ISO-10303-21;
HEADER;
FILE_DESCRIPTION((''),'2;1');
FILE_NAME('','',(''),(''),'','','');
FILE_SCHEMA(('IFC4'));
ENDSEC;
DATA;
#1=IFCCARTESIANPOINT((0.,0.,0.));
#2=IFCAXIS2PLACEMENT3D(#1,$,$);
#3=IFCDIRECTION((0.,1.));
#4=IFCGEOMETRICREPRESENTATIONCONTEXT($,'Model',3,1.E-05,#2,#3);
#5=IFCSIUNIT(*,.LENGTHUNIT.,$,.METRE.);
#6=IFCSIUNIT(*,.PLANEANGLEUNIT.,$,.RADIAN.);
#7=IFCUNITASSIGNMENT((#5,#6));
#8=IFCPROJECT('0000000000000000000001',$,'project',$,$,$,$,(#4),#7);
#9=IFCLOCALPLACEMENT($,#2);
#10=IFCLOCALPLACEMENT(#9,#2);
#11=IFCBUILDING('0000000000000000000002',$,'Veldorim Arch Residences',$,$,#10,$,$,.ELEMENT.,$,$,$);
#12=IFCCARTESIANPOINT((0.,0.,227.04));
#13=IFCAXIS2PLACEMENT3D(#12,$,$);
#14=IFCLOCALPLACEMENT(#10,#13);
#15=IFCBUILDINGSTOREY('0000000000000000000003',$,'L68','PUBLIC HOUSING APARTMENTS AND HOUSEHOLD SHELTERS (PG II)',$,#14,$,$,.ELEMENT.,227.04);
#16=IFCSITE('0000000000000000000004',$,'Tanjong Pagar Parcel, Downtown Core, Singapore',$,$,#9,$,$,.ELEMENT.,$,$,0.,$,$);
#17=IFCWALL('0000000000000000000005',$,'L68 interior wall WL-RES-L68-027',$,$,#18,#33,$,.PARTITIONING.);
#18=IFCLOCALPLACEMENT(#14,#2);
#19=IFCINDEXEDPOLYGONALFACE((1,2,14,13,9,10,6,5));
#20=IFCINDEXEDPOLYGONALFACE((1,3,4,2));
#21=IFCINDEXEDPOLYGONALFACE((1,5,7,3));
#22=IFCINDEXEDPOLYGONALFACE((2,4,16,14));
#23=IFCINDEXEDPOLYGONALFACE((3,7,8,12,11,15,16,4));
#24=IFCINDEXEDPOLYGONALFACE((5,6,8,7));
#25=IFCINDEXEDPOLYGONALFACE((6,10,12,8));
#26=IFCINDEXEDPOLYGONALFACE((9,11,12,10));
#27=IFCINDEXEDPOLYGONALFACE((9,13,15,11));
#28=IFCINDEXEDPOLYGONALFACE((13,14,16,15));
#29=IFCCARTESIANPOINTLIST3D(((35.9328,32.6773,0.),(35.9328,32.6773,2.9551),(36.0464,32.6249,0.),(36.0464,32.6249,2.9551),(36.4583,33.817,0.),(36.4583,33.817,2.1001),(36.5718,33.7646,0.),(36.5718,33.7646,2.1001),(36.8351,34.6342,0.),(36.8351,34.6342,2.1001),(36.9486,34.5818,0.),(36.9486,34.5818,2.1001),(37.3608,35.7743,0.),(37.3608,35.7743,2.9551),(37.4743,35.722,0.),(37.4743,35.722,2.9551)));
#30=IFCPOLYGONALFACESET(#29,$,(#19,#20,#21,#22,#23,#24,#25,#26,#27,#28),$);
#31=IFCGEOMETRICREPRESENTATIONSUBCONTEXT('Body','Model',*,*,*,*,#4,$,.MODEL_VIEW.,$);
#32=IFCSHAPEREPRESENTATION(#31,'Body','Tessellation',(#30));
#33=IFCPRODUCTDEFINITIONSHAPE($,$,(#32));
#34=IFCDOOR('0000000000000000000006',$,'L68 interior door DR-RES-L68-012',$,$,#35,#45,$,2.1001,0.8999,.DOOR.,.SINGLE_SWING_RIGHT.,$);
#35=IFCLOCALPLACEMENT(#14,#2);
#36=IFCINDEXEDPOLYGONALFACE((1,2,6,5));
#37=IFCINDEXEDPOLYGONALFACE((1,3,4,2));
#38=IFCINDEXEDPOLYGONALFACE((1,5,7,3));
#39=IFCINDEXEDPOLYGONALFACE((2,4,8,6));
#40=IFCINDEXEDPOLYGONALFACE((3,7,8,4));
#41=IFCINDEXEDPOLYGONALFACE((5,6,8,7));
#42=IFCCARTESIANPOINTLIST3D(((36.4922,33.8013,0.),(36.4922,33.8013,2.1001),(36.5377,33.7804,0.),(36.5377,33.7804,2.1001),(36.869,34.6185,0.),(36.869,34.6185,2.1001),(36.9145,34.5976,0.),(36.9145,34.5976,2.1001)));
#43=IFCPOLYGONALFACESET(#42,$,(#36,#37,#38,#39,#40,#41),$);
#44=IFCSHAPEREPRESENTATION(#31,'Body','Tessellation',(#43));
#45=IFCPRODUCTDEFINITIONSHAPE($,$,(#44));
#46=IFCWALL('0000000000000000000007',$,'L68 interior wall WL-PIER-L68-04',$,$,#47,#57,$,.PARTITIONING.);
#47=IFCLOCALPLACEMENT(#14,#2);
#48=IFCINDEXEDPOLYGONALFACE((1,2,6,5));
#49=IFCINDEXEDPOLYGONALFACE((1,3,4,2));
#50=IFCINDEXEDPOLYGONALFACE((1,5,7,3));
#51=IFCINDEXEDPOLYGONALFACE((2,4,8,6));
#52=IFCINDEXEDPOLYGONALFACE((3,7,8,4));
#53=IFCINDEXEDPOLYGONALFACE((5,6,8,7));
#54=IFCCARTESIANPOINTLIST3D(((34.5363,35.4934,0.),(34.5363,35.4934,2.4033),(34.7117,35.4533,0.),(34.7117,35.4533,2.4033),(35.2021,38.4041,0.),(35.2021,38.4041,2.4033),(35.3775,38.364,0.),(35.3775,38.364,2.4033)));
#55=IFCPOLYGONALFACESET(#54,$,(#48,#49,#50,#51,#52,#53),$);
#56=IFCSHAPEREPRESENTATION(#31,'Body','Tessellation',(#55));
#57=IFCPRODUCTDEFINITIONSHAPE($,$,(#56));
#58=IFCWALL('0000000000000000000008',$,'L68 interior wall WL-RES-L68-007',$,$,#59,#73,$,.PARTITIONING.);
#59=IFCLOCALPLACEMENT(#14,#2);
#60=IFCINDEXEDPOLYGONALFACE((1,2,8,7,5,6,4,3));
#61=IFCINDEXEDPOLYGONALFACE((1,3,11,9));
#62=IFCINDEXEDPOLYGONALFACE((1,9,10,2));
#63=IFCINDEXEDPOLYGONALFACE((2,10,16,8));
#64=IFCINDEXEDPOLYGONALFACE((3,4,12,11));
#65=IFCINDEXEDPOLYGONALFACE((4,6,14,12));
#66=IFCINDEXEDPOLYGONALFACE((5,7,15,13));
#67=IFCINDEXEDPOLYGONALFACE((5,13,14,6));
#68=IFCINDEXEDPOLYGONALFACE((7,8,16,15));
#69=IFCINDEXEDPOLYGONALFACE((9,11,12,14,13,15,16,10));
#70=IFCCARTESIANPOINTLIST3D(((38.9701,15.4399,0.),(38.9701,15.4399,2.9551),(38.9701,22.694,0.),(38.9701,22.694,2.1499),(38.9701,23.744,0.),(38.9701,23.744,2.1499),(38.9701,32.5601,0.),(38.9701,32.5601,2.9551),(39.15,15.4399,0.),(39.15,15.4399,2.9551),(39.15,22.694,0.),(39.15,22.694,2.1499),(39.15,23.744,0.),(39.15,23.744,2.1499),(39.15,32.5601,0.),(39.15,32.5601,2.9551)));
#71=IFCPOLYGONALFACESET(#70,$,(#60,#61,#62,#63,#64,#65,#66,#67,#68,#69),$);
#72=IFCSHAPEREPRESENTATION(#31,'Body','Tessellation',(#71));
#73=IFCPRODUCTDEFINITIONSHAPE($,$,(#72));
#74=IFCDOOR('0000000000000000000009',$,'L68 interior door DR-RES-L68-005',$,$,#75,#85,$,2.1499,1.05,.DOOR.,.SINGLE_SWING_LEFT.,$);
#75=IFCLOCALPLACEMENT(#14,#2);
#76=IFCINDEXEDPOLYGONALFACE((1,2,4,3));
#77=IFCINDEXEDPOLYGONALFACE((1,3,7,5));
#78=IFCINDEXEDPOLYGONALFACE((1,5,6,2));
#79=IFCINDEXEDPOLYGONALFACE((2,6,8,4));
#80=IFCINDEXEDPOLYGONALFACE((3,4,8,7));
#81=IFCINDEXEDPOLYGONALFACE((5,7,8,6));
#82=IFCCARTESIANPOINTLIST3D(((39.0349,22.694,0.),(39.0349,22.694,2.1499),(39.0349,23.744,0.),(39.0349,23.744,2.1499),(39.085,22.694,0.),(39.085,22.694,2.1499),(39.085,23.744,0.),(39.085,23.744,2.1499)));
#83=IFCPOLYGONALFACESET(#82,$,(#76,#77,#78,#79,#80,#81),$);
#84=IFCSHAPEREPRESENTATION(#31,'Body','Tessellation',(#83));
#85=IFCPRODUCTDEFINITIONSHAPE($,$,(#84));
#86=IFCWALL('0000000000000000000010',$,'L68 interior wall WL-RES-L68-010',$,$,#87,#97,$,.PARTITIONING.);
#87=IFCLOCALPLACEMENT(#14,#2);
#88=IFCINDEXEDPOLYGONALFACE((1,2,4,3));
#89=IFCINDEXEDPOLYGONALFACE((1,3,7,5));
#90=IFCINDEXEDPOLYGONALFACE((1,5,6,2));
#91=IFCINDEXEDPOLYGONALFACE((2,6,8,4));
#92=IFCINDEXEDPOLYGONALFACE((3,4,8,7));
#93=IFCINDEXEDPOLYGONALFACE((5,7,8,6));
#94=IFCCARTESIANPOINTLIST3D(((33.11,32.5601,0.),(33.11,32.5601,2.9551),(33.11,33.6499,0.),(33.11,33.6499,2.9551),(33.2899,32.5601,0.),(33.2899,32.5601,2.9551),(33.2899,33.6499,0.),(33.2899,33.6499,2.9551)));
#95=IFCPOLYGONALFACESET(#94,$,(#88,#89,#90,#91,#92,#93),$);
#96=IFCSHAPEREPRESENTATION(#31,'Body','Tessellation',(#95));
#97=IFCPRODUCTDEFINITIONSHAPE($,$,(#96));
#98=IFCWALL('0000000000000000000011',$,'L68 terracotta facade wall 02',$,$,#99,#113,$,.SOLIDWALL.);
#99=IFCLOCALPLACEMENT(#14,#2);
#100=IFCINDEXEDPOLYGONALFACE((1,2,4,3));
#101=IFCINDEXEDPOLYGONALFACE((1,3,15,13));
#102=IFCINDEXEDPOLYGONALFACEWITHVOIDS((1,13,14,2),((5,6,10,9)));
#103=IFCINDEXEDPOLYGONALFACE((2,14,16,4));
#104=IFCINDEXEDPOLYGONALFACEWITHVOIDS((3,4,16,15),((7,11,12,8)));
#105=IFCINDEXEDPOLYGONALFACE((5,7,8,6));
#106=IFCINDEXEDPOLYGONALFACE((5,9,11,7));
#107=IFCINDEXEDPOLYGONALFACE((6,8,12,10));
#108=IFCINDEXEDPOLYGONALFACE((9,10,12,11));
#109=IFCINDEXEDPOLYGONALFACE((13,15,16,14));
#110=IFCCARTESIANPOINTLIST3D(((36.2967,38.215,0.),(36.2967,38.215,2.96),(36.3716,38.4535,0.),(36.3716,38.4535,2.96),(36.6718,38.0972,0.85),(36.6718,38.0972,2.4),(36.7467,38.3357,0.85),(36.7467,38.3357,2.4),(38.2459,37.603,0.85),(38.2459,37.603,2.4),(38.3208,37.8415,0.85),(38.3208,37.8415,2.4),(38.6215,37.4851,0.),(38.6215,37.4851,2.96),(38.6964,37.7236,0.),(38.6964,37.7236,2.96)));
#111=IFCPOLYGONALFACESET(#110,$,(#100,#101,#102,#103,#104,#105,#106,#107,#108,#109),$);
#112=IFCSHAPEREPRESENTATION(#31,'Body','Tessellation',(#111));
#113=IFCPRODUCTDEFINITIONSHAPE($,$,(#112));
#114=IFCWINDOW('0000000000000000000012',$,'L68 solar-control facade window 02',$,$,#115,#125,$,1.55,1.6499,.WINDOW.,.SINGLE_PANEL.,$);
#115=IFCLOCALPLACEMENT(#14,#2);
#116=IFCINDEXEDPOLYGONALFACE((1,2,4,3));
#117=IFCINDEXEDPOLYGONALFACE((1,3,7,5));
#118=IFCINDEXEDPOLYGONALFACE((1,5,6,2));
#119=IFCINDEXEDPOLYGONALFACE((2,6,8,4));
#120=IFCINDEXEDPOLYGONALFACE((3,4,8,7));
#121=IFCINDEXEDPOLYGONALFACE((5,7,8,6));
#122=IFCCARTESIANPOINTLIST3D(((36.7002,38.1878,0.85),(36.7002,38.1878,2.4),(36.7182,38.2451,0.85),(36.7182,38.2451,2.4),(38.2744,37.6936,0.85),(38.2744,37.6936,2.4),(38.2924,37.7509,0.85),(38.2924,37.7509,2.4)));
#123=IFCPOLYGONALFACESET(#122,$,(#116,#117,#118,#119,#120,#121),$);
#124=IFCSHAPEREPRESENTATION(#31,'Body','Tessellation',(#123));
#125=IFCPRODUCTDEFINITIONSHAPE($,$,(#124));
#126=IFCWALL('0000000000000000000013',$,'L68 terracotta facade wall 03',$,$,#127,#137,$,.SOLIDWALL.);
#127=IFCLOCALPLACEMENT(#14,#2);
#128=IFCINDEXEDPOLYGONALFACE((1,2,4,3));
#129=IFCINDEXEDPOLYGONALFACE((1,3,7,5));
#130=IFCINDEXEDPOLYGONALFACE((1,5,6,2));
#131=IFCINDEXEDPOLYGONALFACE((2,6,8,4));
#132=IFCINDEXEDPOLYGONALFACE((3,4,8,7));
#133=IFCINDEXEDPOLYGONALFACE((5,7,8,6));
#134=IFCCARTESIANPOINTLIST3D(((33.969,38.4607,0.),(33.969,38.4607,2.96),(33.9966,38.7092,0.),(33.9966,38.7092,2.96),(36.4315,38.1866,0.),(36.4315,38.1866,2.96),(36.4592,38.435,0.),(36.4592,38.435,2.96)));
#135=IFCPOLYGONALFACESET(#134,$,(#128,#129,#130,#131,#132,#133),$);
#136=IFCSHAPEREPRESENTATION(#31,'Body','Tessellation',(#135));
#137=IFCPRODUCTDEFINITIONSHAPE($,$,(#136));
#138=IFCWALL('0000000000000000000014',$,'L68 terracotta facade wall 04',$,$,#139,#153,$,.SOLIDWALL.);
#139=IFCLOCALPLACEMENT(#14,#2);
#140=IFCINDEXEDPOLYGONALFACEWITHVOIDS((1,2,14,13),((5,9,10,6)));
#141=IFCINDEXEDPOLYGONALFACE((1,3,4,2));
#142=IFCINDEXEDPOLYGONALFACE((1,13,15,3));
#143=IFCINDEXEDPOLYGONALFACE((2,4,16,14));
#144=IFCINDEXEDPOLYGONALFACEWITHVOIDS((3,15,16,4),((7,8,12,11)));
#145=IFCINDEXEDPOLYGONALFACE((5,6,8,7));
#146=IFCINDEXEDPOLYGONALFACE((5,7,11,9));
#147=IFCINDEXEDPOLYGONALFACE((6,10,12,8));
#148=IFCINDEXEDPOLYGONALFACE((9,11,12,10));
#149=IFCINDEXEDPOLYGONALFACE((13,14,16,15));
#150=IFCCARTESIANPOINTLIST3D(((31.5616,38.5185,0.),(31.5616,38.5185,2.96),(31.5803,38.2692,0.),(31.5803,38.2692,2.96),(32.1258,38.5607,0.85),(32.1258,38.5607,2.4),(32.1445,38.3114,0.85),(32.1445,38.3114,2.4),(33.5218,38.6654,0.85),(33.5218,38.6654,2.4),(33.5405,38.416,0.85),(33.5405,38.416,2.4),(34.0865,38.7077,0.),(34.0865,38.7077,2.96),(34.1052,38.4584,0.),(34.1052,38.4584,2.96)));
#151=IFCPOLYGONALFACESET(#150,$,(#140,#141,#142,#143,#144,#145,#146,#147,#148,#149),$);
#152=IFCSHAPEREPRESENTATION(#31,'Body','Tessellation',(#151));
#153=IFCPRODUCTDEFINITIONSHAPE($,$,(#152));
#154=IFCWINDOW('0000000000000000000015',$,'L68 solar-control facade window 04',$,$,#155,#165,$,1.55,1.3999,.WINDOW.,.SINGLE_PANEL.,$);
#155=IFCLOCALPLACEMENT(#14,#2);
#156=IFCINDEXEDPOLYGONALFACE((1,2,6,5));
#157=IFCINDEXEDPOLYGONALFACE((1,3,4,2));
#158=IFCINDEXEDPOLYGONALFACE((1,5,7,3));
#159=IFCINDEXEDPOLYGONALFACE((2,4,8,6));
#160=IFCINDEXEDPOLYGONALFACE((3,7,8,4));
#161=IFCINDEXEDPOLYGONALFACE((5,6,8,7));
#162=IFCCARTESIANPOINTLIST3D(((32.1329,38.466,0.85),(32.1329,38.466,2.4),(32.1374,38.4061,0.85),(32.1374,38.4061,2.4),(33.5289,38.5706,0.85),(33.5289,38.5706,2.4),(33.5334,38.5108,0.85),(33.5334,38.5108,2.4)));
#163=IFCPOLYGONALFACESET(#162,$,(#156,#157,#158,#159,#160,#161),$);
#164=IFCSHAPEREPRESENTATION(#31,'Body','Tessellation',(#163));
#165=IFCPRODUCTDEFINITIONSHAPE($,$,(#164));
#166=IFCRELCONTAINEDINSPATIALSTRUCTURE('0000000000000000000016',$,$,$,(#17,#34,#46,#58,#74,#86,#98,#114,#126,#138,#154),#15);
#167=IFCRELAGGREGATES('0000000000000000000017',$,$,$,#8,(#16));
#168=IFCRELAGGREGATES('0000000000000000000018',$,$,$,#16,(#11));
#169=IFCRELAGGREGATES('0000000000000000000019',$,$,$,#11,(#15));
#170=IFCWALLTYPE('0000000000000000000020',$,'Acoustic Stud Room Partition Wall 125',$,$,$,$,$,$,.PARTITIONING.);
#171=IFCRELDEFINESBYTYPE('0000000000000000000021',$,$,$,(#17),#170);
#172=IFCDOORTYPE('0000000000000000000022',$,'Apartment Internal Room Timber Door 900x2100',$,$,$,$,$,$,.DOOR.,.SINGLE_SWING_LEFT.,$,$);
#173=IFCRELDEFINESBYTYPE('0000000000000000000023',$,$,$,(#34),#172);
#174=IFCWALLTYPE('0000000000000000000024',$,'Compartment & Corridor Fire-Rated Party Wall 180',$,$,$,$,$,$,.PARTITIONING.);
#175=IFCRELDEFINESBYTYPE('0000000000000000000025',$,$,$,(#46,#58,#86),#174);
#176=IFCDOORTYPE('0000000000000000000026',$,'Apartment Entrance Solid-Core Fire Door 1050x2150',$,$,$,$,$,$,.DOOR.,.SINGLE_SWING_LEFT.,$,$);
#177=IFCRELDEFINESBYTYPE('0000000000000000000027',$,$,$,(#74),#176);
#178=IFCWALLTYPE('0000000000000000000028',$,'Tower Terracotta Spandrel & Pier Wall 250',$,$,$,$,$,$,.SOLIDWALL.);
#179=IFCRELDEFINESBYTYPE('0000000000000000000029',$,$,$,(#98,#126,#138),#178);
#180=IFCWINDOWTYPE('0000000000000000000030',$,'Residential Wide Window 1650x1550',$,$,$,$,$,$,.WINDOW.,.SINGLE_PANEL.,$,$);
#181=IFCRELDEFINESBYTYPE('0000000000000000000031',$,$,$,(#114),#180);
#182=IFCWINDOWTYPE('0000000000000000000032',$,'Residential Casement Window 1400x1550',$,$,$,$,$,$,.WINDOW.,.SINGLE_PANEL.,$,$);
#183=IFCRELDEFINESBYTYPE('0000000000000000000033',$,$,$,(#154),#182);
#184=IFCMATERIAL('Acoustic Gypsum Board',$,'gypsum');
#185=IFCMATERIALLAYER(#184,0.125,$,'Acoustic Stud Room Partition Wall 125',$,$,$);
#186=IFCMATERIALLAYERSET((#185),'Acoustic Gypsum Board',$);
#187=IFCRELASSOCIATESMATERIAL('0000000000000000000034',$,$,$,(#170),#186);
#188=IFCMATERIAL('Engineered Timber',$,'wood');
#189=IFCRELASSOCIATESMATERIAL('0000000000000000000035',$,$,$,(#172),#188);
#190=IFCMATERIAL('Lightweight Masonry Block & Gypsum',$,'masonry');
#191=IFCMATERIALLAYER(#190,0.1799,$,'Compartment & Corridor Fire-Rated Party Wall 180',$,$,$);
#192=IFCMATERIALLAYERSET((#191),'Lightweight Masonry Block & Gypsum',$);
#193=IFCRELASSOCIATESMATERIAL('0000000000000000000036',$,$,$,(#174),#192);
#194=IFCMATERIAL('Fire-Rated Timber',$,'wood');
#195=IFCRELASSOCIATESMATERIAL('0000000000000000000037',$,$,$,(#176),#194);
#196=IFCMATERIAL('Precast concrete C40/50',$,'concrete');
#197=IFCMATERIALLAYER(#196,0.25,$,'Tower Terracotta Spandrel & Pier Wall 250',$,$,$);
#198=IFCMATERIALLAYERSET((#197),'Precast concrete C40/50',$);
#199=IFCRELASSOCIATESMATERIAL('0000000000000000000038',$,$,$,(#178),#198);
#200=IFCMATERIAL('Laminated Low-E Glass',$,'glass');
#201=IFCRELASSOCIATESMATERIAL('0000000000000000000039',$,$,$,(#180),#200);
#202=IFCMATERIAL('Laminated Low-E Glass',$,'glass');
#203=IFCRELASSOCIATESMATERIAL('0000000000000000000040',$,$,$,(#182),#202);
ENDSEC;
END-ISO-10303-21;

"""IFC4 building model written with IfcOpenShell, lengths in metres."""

from ifc_helpers import new_model, si_unit, direction, frame, frame_2d, origin, place, context, subcontext, project, spatial, rectangle, extrude, material, layer, layer_set, type_object, element, fill, save


model = new_model("IFC4")

# Units and contexts
model_context = context("Model", 3, precision=1e-05, world=origin(), true_north=direction((0.0, 1.0)))
body_context = subcontext(model_context, "Body", "Model", "MODEL_VIEW")
ifc_project = project(units=[si_unit("LENGTHUNIT", "METRE"), si_unit("PLANEANGLEUNIT", "RADIAN")], contexts=[model_context])

# Site, building, storey
site_placement = place(None, origin())
site = spatial("IfcSite", under=ifc_project, at=site_placement, Name="Tanjong Pagar Parcel, Downtown Core, Singapore", CompositionType="ELEMENT", RefElevation=0.0)
building_placement = place(site_placement, origin())
building = spatial("IfcBuilding", under=site, at=building_placement, Name="Veldorim Arch Residences", CompositionType="ELEMENT")
storey_placement = place(building_placement, frame((0.0, 0.0, 227.04)))
storey = spatial("IfcBuildingStorey", under=building, at=storey_placement, Name="L68", Description="PUBLIC HOUSING APARTMENTS AND HOUSEHOLD SHELTERS (PG II)", CompositionType="ELEMENT", Elevation=227.04)

# Wall, opening, door
ifc_material_1 = material(Name="Acoustic Gypsum Board", Category="gypsum")
ifc_layer_1 = layer(ifc_material_1, 0.125, Name="Acoustic Stud Room Partition Wall 125")
ifc_layer_set_1 = layer_set([ifc_layer_1], Name="Acoustic Gypsum Board")
wall_type_1 = type_object("IfcWallType", Name="Acoustic Stud Room Partition Wall 125", PredefinedType="PARTITIONING", material=ifc_layer_set_1)
wall_1_placement = place(storey_placement, frame((37.4175, 35.748, 0.0), z_axis=(0.0, 0.0, 1.0), x_axis=(-0.4187, -0.908125, 0.0)))
wall_1 = element("IfcWall", 1, at=wall_1_placement, inside=storey, type_object=wall_type_1, Name="L68 interior wall WL-RES-L68-027", PredefinedType="PARTITIONING", context=body_context, shape_type="SweptSolid", body=[
    extrude(rectangle(XDim=3.4104, YDim=0.125, at=frame_2d((1.7051, 0.0))), origin(), (0.0, 0.0, 1.0), 2.9551),
])
opening_1_placement = place(wall_1_placement, frame((1.2554, 0.0, 0.0)))
opening_1 = element("IfcOpeningElement", 2, at=opening_1_placement, cuts=wall_1, PredefinedType="OPENING", context=body_context, shape_type="SweptSolid", body=[
    extrude(rectangle(XDim=0.8999, YDim=2.1001, at=frame_2d((0.45, 1.05))), frame((0.0, 0.0725, 0.0), z_axis=(0.0, -1.0, 0.0), x_axis=(1.0, 0.0, 0.0)), (0.0, 0.0, 1.0), 0.145),
])
ifc_material_2 = material(Name="Engineered Timber", Category="wood")
door_type_1 = type_object("IfcDoorType", Name="Apartment Internal Room Timber Door 900x2100", OperationType="SINGLE_SWING_LEFT", PredefinedType="DOOR", material=ifc_material_2)
door_1_placement = place(opening_1_placement, origin())
door_1 = element("IfcDoor", 3, at=door_1_placement, inside=storey, type_object=door_type_1, Name="L68 interior door DR-RES-L68-012", OperationType="SINGLE_SWING_RIGHT", OverallHeight=2.1001, OverallWidth=0.8999, PredefinedType="DOOR", context=body_context, shape_type="SweptSolid", body=[
    extrude(rectangle(XDim=0.8999, YDim=2.1001, at=frame_2d((0.45, 1.05))), frame((0.0, 0.0249, 0.0), z_axis=(0.0, -1.0, 0.0), x_axis=(1.0, 0.0, 0.0)), (0.0, 0.0, 1.0), 0.05),
])
fill(opening_1, door_1)

# Wall
ifc_material_3 = material(Name="Lightweight Masonry Block & Gypsum", Category="masonry")
ifc_layer_2 = layer(ifc_material_3, 0.1799, Name="Compartment & Corridor Fire-Rated Party Wall 180")
ifc_layer_set_2 = layer_set([ifc_layer_2], Name="Lightweight Masonry Block & Gypsum")
wall_type_2 = type_object("IfcWallType", Name="Compartment & Corridor Fire-Rated Party Wall 180", PredefinedType="PARTITIONING", material=ifc_layer_set_2)
wall_2_placement = place(storey_placement, frame((34.624, 35.4734, 0.0), z_axis=(0.0, 0.0, 1.0), x_axis=(0.222978, 0.974823, 0.0)))
element("IfcWall", 4, at=wall_2_placement, inside=storey, type_object=wall_type_2, Name="L68 interior wall WL-PIER-L68-04", PredefinedType="PARTITIONING", context=body_context, shape_type="SweptSolid", body=[
    extrude(rectangle(XDim=2.9858, YDim=0.1799, at=frame_2d((1.4929, 0.0))), origin(), (0.0, 0.0, 1.0), 2.4033),
])

# Wall, opening, door
wall_3_placement = place(storey_placement, frame((39.0601, 32.5601, 0.0), z_axis=(0.0, 0.0, 1.0), x_axis=(0.0, -1.0, 0.0)))
wall_3 = element("IfcWall", 5, at=wall_3_placement, inside=storey, type_object=wall_type_2, Name="L68 interior wall WL-RES-L68-007", PredefinedType="PARTITIONING", context=body_context, shape_type="SweptSolid", body=[
    extrude(rectangle(XDim=17.1201, YDim=0.1799, at=frame_2d((8.5601, 0.0))), origin(), (0.0, 0.0, 1.0), 2.9551),
])
opening_2_placement = place(wall_3_placement, frame((8.8162, 0.0, 0.0)))
opening_2 = element("IfcOpeningElement", 6, at=opening_2_placement, cuts=wall_3, PredefinedType="OPENING", context=body_context, shape_type="SweptSolid", body=[
    extrude(rectangle(XDim=1.05, YDim=2.1499, at=frame_2d((0.5249, 1.075))), frame((0.0, 0.0999, 0.0), z_axis=(0.0, -1.0, 0.0), x_axis=(1.0, 0.0, 0.0)), (0.0, 0.0, 1.0), 0.2),
])
ifc_material_4 = material(Name="Fire-Rated Timber", Category="wood")
door_type_2 = type_object("IfcDoorType", Name="Apartment Entrance Solid-Core Fire Door 1050x2150", OperationType="SINGLE_SWING_LEFT", PredefinedType="DOOR", material=ifc_material_4)
door_2_placement = place(opening_2_placement, origin())
door_2 = element("IfcDoor", 7, at=door_2_placement, inside=storey, type_object=door_type_2, Name="L68 interior door DR-RES-L68-005", OperationType="SINGLE_SWING_LEFT", OverallHeight=2.1499, OverallWidth=1.05, PredefinedType="DOOR", context=body_context, shape_type="SweptSolid", body=[
    extrude(rectangle(XDim=1.05, YDim=2.1499, at=frame_2d((0.5249, 1.075))), frame((0.0, 0.0249, 0.0), z_axis=(0.0, -1.0, 0.0), x_axis=(1.0, 0.0, 0.0)), (0.0, 0.0, 1.0), 0.05),
])
fill(opening_2, door_2)

# Wall
wall_4_placement = place(storey_placement, frame((33.2, 33.6499, 0.0), z_axis=(0.0, 0.0, 1.0), x_axis=(0.0, -1.0, 0.0)))
element("IfcWall", 8, at=wall_4_placement, inside=storey, type_object=wall_type_2, Name="L68 interior wall WL-RES-L68-010", PredefinedType="PARTITIONING", context=body_context, shape_type="SweptSolid", body=[
    extrude(rectangle(XDim=1.0898, YDim=0.1799, at=frame_2d((0.5449, 0.0))), origin(), (0.0, 0.0, 1.0), 2.9551),
])

# Wall, opening, window
ifc_material_5 = material(Name="Precast concrete C40/50", Category="concrete")
ifc_layer_3 = layer(ifc_material_5, 0.25, Name="Tower Terracotta Spandrel & Pier Wall 250")
ifc_layer_set_3 = layer_set([ifc_layer_3], Name="Precast concrete C40/50")
wall_type_3 = type_object("IfcWallType", Name="Tower Terracotta Spandrel & Pier Wall 250", PredefinedType="SOLIDWALL", material=ifc_layer_set_3)
wall_5_placement = place(storey_placement, frame((36.3342, 38.3342, 0.0), z_axis=(0.0, 0.0, 1.0), x_axis=(0.954078, -0.299558, 0.0)))
wall_5 = element("IfcWall", 9, at=wall_5_placement, inside=storey, type_object=wall_type_3, Name="L68 terracotta facade wall 02", PredefinedType="SOLIDWALL", context=body_context, shape_type="SweptSolid", body=[
    extrude(rectangle(XDim=2.4368, YDim=0.25, at=frame_2d((1.2183, 0.0))), origin(), (0.0, 0.0, 1.0), 2.96),
])
opening_3_placement = place(wall_5_placement, frame((0.3931, 0.0, 0.8501)))
opening_3 = element("IfcOpeningElement", 10, at=opening_3_placement, cuts=wall_5, PredefinedType="OPENING", context=body_context, shape_type="SweptSolid", body=[
    extrude(rectangle(XDim=1.6499, YDim=1.55, at=frame_2d((0.825, 0.7749))), frame((0.0, 0.135, 0.0), z_axis=(0.0, -1.0, 0.0), x_axis=(1.0, 0.0, 0.0)), (0.0, 0.0, 1.0), 0.27),
])
ifc_material_6 = material(Name="Laminated Low-E Glass", Category="glass")
window_type_1 = type_object("IfcWindowType", Name="Residential Wide Window 1650x1550", PartitioningType="SINGLE_PANEL", PredefinedType="WINDOW", material=ifc_material_6)
window_1_placement = place(opening_3_placement, origin())
window_1 = element("IfcWindow", 11, at=window_1_placement, inside=storey, type_object=window_type_1, Name="L68 solar-control facade window 02", OverallHeight=1.55, OverallWidth=1.6499, PartitioningType="SINGLE_PANEL", PredefinedType="WINDOW", context=body_context, shape_type="SweptSolid", body=[
    extrude(rectangle(XDim=1.6499, YDim=1.55, at=frame_2d((0.825, 0.7749))), frame((0.0, 0.03, 0.0), z_axis=(0.0, -1.0, 0.0), x_axis=(1.0, 0.0, 0.0)), (0.0, 0.0, 1.0), 0.0601),
])
fill(opening_3, window_1)

# Wall
wall_6_placement = place(storey_placement, frame((33.9829, 38.585, 0.0), z_axis=(0.0, 0.0, 1.0), x_axis=(0.99386, -0.110648, 0.0)))
element("IfcWall", 12, at=wall_6_placement, inside=storey, type_object=wall_type_3, Name="L68 terracotta facade wall 03", PredefinedType="SOLIDWALL", context=body_context, shape_type="SweptSolid", body=[
    extrude(rectangle(XDim=2.4778, YDim=0.25, at=frame_2d((1.2388, 0.0))), origin(), (0.0, 0.0, 1.0), 2.96),
])

# Wall, opening, window
wall_7_placement = place(storey_placement, frame((31.5708, 38.3938, 0.0), z_axis=(0.0, 0.0, 1.0), x_axis=(0.997204, 0.074728, 0.0)))
wall_7 = element("IfcWall", 13, at=wall_7_placement, inside=storey, type_object=wall_type_3, Name="L68 terracotta facade wall 04", PredefinedType="SOLIDWALL", context=body_context, shape_type="SweptSolid", body=[
    extrude(rectangle(XDim=2.532, YDim=0.25, at=frame_2d((1.2661, 0.0))), origin(), (0.0, 0.0, 1.0), 2.96),
])
opening_4_placement = place(wall_7_placement, frame((0.5659, 0.0, 0.8501)))
opening_4 = element("IfcOpeningElement", 14, at=opening_4_placement, cuts=wall_7, PredefinedType="OPENING", context=body_context, shape_type="SweptSolid", body=[
    extrude(rectangle(XDim=1.3999, YDim=1.55, at=frame_2d((0.7, 0.7749))), frame((0.0, 0.135, 0.0), z_axis=(0.0, -1.0, 0.0), x_axis=(1.0, 0.0, 0.0)), (0.0, 0.0, 1.0), 0.27),
])
ifc_material_7 = material(Name="Laminated Low-E Glass", Category="glass")
window_type_2 = type_object("IfcWindowType", Name="Residential Casement Window 1400x1550", PartitioningType="SINGLE_PANEL", PredefinedType="WINDOW", material=ifc_material_7)
window_2_placement = place(opening_4_placement, origin())
window_2 = element("IfcWindow", 15, at=window_2_placement, inside=storey, type_object=window_type_2, Name="L68 solar-control facade window 04", OverallHeight=1.55, OverallWidth=1.3999, PartitioningType="SINGLE_PANEL", PredefinedType="WINDOW", context=body_context, shape_type="SweptSolid", body=[
    extrude(rectangle(XDim=1.3999, YDim=1.55, at=frame_2d((0.7, 0.7749))), frame((0.0, 0.03, 0.0), z_axis=(0.0, -1.0, 0.0), x_axis=(1.0, 0.0, 0.0)), (0.0, 0.0, 1.0), 0.0601),
])
fill(opening_4, window_2)

save(model, "model.ifc")
